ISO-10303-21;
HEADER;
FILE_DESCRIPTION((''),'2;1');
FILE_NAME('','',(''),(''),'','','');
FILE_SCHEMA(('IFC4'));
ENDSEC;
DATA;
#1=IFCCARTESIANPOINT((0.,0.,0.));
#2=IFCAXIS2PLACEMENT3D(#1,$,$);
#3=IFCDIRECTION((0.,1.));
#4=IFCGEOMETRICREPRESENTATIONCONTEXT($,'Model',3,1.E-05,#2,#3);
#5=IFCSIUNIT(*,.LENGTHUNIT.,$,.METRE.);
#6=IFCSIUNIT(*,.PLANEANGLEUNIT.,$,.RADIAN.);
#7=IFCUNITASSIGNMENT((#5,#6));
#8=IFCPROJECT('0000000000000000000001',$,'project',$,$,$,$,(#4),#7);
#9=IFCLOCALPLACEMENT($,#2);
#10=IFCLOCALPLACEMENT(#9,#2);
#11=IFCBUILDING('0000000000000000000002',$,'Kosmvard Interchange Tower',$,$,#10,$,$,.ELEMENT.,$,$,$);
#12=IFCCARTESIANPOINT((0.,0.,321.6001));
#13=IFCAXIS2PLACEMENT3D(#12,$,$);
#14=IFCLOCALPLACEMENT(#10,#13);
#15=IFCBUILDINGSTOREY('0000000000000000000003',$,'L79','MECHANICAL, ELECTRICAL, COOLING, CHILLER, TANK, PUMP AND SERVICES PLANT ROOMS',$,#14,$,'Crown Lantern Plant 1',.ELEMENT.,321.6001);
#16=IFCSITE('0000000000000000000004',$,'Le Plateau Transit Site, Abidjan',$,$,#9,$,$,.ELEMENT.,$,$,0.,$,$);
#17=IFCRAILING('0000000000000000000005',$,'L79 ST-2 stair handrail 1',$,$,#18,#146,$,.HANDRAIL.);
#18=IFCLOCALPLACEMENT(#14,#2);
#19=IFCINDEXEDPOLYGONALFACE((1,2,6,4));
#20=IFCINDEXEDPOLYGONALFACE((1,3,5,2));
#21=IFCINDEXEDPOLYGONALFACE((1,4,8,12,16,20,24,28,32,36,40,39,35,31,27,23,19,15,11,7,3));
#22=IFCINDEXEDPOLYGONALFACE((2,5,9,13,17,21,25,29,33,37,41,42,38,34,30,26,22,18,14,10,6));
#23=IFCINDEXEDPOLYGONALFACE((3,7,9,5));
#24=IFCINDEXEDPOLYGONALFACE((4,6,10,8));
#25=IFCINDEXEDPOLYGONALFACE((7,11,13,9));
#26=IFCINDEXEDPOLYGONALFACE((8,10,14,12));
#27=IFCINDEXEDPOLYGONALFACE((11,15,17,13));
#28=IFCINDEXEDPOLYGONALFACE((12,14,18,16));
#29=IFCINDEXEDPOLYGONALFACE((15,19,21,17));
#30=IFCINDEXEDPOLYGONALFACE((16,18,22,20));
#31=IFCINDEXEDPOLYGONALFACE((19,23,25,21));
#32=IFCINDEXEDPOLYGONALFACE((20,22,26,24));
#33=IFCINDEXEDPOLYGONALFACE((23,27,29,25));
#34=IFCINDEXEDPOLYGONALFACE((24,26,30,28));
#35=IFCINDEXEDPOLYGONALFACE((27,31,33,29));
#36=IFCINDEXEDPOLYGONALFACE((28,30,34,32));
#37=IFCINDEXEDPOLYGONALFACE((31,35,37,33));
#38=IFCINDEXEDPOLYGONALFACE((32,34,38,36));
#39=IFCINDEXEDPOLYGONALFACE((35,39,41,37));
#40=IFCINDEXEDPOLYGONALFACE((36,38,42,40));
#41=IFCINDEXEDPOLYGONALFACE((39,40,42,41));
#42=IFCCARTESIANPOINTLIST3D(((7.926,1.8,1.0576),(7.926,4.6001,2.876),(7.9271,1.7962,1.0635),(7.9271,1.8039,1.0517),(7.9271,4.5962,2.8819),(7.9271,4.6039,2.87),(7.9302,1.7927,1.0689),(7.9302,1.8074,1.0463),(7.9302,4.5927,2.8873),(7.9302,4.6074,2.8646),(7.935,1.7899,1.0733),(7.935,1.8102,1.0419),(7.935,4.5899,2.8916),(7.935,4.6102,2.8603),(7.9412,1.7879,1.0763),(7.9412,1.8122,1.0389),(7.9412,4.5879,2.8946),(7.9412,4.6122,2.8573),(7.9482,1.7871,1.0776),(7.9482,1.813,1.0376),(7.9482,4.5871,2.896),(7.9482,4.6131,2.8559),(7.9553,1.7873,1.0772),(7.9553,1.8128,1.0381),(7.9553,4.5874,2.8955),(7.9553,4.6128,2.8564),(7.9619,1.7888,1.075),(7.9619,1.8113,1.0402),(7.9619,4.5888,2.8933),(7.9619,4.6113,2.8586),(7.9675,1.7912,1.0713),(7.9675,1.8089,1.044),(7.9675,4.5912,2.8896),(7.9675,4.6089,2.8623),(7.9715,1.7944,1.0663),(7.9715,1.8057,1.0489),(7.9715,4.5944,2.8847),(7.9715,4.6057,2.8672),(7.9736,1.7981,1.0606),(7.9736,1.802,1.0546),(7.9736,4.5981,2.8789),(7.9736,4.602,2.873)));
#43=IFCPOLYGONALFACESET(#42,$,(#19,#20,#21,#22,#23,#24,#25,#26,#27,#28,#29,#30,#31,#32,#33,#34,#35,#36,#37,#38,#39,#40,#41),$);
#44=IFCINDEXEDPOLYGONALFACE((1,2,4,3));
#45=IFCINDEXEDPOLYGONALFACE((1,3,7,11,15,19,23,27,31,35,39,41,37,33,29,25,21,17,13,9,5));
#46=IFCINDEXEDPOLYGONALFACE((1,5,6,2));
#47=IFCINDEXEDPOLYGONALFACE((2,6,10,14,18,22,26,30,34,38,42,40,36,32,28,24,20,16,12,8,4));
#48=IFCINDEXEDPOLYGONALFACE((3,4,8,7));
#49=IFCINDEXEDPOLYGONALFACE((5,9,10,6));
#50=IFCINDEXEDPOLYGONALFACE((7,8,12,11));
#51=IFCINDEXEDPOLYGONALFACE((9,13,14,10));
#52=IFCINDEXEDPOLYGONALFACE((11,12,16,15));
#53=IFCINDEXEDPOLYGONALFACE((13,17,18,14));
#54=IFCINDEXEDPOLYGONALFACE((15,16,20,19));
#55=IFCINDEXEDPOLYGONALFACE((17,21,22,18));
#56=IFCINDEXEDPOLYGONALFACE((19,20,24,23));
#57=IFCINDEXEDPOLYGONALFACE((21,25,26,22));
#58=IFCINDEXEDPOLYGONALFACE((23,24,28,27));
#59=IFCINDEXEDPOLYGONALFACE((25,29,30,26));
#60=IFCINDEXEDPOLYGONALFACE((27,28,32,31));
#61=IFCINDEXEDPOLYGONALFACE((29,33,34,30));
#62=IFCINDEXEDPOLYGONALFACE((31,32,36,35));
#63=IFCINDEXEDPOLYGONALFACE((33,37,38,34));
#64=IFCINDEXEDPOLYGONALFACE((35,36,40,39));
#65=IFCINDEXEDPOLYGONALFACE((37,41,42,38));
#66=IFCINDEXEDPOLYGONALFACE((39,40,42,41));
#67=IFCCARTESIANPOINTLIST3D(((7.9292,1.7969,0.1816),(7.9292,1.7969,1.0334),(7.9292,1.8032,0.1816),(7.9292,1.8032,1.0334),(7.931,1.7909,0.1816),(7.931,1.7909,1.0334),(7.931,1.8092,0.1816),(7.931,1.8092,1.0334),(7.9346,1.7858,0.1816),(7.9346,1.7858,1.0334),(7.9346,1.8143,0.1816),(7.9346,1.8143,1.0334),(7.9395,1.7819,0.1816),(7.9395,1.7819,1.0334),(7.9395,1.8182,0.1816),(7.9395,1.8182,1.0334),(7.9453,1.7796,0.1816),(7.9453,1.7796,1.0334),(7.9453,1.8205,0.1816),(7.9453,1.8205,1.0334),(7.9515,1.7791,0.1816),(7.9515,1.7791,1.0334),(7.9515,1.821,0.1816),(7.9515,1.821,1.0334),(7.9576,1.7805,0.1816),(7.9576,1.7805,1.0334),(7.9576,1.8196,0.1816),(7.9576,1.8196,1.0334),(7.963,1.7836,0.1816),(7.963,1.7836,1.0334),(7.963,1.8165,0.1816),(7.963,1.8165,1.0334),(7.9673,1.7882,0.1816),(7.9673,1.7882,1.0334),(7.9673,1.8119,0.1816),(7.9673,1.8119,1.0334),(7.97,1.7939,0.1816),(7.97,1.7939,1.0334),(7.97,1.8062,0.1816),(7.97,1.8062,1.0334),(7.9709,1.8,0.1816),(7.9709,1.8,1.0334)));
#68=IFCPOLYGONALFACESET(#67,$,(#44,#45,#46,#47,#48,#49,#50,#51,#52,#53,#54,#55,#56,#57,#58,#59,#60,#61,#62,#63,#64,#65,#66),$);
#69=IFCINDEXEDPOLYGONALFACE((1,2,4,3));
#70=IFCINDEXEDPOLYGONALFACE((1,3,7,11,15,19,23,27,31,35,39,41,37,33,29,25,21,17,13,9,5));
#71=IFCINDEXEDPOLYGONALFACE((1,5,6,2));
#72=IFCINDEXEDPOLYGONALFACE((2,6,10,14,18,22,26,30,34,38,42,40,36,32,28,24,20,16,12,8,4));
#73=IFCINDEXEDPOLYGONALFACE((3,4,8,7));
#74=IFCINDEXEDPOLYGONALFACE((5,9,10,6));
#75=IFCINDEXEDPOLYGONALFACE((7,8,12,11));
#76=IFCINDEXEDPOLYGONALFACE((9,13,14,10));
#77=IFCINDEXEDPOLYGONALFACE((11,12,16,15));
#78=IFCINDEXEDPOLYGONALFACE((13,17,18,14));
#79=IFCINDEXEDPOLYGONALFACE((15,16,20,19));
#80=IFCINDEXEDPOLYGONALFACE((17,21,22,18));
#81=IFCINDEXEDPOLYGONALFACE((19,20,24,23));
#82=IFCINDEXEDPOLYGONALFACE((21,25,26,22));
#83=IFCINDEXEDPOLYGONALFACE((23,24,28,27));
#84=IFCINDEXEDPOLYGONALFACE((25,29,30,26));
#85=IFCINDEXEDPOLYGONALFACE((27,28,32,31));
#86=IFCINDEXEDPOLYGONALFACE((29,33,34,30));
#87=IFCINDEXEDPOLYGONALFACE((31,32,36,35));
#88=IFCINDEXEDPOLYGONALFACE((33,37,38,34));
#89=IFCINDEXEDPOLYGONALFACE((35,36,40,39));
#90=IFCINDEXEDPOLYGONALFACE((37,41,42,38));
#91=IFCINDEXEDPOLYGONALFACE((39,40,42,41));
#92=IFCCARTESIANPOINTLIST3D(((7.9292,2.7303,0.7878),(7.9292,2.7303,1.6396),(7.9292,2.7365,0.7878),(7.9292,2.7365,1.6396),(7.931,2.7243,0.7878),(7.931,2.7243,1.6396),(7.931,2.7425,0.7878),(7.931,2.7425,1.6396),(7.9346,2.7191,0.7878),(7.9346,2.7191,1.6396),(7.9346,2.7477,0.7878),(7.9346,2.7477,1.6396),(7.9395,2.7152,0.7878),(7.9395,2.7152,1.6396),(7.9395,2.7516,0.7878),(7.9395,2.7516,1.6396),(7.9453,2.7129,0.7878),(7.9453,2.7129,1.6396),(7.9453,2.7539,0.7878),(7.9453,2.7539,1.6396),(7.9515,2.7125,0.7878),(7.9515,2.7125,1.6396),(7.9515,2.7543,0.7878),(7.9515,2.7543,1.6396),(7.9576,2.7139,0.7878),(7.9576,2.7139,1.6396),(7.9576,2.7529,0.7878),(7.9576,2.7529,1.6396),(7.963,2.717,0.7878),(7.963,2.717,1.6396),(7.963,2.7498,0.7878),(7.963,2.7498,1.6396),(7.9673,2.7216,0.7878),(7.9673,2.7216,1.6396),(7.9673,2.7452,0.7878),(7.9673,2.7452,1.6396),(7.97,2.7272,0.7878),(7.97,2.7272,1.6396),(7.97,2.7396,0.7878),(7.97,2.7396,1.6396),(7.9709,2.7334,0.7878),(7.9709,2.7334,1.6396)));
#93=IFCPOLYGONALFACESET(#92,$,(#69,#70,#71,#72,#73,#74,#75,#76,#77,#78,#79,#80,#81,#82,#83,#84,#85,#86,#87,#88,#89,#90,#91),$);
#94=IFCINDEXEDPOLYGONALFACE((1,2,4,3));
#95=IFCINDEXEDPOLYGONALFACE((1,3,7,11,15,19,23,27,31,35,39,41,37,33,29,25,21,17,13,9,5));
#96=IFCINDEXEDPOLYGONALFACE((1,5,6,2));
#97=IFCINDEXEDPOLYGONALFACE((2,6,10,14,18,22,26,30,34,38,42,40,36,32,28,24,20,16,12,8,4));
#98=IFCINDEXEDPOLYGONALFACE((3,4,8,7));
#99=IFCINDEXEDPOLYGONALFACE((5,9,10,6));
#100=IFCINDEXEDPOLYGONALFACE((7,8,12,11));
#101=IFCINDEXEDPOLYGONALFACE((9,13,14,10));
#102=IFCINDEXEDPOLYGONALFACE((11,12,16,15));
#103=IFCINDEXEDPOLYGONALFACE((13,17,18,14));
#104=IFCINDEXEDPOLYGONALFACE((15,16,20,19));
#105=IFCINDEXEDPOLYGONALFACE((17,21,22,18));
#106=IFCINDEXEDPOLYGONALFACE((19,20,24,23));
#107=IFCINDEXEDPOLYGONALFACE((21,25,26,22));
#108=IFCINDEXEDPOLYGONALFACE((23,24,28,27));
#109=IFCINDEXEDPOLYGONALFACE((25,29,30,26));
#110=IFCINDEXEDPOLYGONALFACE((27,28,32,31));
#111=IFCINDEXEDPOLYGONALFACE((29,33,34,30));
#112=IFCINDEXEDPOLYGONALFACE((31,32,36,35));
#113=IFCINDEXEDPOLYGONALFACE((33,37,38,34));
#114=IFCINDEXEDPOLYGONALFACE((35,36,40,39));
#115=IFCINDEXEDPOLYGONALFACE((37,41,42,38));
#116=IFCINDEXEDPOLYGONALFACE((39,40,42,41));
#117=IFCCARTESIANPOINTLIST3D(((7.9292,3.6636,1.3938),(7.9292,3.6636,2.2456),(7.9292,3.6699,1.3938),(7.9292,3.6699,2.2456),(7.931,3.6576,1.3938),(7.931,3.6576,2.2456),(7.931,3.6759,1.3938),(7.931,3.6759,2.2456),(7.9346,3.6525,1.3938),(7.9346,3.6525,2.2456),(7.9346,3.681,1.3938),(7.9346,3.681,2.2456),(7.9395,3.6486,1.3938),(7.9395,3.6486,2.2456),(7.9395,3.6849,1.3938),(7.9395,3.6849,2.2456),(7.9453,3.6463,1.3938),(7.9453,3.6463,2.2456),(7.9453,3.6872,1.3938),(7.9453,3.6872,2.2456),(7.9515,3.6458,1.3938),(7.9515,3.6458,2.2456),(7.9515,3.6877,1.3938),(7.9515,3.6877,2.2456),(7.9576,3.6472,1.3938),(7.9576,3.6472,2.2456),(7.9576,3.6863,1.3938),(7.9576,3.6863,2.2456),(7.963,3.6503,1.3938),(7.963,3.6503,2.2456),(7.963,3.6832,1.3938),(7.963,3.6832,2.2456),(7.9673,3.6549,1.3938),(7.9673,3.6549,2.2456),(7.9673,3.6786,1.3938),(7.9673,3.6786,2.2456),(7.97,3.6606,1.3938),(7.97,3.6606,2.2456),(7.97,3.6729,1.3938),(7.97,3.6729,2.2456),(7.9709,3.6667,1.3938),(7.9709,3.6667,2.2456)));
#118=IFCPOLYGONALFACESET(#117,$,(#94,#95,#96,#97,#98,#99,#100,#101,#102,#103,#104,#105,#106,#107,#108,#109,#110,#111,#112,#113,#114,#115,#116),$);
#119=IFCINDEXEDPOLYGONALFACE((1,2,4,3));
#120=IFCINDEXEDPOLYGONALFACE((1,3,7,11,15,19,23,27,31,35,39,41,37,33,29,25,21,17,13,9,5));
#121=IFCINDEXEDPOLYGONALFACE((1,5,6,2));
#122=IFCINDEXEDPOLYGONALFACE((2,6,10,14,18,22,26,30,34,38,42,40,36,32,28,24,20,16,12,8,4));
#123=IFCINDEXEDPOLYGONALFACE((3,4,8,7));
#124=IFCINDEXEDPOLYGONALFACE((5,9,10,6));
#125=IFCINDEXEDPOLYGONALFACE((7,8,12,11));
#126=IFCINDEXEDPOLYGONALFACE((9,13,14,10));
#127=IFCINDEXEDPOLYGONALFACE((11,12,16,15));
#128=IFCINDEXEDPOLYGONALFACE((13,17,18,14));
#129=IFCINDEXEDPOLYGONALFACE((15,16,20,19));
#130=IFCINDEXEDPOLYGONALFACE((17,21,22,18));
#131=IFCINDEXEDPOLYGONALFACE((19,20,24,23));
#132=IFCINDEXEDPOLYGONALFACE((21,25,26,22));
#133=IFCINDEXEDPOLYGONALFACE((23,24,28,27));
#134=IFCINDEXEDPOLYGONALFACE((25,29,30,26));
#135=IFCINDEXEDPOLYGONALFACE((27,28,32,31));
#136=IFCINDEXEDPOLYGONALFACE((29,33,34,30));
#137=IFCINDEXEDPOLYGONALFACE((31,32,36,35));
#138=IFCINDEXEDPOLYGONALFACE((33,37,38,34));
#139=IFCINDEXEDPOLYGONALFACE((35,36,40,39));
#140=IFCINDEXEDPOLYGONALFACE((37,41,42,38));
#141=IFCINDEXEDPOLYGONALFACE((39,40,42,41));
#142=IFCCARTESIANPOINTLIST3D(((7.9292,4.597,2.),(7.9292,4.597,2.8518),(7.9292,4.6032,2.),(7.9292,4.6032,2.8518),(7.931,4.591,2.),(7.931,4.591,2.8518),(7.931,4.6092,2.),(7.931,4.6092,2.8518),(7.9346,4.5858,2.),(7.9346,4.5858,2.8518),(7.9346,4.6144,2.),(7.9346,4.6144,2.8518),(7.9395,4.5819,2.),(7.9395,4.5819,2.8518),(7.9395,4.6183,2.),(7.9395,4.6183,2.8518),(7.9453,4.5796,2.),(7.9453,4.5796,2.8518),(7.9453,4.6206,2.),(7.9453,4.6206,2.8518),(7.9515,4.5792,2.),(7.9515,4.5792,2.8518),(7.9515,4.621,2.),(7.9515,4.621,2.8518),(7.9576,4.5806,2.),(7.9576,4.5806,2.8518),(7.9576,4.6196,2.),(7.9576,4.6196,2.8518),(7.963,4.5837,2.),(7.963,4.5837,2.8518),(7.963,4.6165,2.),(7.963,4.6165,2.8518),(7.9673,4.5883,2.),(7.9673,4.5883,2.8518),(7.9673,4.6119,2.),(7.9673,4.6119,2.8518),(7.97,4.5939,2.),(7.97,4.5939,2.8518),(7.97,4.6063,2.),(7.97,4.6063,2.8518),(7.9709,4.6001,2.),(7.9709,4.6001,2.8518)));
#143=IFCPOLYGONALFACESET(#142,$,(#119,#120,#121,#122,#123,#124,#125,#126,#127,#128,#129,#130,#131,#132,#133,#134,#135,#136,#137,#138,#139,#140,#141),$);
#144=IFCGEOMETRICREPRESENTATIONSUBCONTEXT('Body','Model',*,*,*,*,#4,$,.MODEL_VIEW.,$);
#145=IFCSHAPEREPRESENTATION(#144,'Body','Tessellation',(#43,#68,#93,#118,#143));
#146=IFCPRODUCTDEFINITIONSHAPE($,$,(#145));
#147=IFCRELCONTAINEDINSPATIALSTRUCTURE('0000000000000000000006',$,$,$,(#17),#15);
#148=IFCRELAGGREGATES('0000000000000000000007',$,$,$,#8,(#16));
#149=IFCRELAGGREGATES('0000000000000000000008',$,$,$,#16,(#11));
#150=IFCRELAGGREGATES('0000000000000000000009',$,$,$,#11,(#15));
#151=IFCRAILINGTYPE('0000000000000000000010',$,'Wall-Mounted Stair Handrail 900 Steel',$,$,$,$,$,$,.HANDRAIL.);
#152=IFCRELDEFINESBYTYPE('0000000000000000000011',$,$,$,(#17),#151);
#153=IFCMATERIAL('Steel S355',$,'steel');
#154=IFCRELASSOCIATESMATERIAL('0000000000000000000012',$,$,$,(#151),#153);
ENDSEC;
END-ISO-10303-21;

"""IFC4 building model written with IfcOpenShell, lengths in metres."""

from ifc_helpers import new_model, si_unit, direction, frame, origin, origin_2d, place, context, subcontext, project, spatial, circle, extrude, source, transform, mapped, material, type_object, element, save


model = new_model("IFC4")

# Units and contexts
model_context = context("Model", 3, precision=1e-05, world=origin(), true_north=direction((0.0, 1.0)))
body_context = subcontext(model_context, "Body", "Model", "MODEL_VIEW")
ifc_project = project(units=[si_unit("LENGTHUNIT", "METRE"), si_unit("PLANEANGLEUNIT", "RADIAN")], contexts=[model_context])

# Site, building, storey
site_placement = place(None, origin())
site = spatial("IfcSite", under=ifc_project, at=site_placement, Name="Le Plateau Transit Site, Abidjan", CompositionType="ELEMENT", RefElevation=0.0)
building_placement = place(site_placement, origin())
building = spatial("IfcBuilding", under=site, at=building_placement, Name="Kosmvard Interchange Tower", CompositionType="ELEMENT")
storey_placement = place(building_placement, frame((0.0, 0.0, 321.6001)))
storey = spatial("IfcBuildingStorey", under=building, at=storey_placement, Name="L79", Description="MECHANICAL, ELECTRICAL, COOLING, CHILLER, TANK, PUMP AND SERVICES PLANT ROOMS", LongName="Crown Lantern Plant 1", CompositionType="ELEMENT", Elevation=321.6001)

# Shared definitions
ifc_material_1 = material(Name="Steel S355", Category="steel")

# Railing
railing_type_1 = type_object("IfcRailingType", Name="Wall-Mounted Stair Handrail 900 Steel", PredefinedType="HANDRAIL", material=ifc_material_1)
shared_shape_1 = source(origin(), body_context, "Body", "SweptSolid", [
    extrude(circle(Radius=0.0239, at=origin_2d()), frame((0.0, 0.0, 0.876), z_axis=(0.0, 0.838672, 0.544636), x_axis=(-1.0, 0.0, 0.0)), (0.0, 0.0, 1.0), 3.3386),
    extrude(circle(Radius=0.021, at=origin_2d()), origin(), (0.0, 0.0, 1.0), 0.8518),
    extrude(circle(Radius=0.021, at=origin_2d()), frame((0.0, 0.9333, 0.6062)), (0.0, 0.0, 1.0), 0.8518),
    extrude(circle(Radius=0.021, at=origin_2d()), frame((0.0, 1.8667, 1.2122)), (0.0, 0.0, 1.0), 0.8518),
    extrude(circle(Radius=0.021, at=origin_2d()), frame((0.0, 2.8, 1.8184)), (0.0, 0.0, 1.0), 0.8518),
])
railing_1_placement = place(storey_placement, frame((7.95, 1.8, 0.1816)))
element("IfcRailing", 1, at=railing_1_placement, inside=storey, type_object=railing_type_1, Name="L79 ST-2 stair handrail 1", PredefinedType="HANDRAIL", context=body_context, shape_type="MappedRepresentation", body=[
    mapped(shared_shape_1, transform((0.0, 0.0, 0.0), scale=1.0)),
])

save(model, "model.ifc")
